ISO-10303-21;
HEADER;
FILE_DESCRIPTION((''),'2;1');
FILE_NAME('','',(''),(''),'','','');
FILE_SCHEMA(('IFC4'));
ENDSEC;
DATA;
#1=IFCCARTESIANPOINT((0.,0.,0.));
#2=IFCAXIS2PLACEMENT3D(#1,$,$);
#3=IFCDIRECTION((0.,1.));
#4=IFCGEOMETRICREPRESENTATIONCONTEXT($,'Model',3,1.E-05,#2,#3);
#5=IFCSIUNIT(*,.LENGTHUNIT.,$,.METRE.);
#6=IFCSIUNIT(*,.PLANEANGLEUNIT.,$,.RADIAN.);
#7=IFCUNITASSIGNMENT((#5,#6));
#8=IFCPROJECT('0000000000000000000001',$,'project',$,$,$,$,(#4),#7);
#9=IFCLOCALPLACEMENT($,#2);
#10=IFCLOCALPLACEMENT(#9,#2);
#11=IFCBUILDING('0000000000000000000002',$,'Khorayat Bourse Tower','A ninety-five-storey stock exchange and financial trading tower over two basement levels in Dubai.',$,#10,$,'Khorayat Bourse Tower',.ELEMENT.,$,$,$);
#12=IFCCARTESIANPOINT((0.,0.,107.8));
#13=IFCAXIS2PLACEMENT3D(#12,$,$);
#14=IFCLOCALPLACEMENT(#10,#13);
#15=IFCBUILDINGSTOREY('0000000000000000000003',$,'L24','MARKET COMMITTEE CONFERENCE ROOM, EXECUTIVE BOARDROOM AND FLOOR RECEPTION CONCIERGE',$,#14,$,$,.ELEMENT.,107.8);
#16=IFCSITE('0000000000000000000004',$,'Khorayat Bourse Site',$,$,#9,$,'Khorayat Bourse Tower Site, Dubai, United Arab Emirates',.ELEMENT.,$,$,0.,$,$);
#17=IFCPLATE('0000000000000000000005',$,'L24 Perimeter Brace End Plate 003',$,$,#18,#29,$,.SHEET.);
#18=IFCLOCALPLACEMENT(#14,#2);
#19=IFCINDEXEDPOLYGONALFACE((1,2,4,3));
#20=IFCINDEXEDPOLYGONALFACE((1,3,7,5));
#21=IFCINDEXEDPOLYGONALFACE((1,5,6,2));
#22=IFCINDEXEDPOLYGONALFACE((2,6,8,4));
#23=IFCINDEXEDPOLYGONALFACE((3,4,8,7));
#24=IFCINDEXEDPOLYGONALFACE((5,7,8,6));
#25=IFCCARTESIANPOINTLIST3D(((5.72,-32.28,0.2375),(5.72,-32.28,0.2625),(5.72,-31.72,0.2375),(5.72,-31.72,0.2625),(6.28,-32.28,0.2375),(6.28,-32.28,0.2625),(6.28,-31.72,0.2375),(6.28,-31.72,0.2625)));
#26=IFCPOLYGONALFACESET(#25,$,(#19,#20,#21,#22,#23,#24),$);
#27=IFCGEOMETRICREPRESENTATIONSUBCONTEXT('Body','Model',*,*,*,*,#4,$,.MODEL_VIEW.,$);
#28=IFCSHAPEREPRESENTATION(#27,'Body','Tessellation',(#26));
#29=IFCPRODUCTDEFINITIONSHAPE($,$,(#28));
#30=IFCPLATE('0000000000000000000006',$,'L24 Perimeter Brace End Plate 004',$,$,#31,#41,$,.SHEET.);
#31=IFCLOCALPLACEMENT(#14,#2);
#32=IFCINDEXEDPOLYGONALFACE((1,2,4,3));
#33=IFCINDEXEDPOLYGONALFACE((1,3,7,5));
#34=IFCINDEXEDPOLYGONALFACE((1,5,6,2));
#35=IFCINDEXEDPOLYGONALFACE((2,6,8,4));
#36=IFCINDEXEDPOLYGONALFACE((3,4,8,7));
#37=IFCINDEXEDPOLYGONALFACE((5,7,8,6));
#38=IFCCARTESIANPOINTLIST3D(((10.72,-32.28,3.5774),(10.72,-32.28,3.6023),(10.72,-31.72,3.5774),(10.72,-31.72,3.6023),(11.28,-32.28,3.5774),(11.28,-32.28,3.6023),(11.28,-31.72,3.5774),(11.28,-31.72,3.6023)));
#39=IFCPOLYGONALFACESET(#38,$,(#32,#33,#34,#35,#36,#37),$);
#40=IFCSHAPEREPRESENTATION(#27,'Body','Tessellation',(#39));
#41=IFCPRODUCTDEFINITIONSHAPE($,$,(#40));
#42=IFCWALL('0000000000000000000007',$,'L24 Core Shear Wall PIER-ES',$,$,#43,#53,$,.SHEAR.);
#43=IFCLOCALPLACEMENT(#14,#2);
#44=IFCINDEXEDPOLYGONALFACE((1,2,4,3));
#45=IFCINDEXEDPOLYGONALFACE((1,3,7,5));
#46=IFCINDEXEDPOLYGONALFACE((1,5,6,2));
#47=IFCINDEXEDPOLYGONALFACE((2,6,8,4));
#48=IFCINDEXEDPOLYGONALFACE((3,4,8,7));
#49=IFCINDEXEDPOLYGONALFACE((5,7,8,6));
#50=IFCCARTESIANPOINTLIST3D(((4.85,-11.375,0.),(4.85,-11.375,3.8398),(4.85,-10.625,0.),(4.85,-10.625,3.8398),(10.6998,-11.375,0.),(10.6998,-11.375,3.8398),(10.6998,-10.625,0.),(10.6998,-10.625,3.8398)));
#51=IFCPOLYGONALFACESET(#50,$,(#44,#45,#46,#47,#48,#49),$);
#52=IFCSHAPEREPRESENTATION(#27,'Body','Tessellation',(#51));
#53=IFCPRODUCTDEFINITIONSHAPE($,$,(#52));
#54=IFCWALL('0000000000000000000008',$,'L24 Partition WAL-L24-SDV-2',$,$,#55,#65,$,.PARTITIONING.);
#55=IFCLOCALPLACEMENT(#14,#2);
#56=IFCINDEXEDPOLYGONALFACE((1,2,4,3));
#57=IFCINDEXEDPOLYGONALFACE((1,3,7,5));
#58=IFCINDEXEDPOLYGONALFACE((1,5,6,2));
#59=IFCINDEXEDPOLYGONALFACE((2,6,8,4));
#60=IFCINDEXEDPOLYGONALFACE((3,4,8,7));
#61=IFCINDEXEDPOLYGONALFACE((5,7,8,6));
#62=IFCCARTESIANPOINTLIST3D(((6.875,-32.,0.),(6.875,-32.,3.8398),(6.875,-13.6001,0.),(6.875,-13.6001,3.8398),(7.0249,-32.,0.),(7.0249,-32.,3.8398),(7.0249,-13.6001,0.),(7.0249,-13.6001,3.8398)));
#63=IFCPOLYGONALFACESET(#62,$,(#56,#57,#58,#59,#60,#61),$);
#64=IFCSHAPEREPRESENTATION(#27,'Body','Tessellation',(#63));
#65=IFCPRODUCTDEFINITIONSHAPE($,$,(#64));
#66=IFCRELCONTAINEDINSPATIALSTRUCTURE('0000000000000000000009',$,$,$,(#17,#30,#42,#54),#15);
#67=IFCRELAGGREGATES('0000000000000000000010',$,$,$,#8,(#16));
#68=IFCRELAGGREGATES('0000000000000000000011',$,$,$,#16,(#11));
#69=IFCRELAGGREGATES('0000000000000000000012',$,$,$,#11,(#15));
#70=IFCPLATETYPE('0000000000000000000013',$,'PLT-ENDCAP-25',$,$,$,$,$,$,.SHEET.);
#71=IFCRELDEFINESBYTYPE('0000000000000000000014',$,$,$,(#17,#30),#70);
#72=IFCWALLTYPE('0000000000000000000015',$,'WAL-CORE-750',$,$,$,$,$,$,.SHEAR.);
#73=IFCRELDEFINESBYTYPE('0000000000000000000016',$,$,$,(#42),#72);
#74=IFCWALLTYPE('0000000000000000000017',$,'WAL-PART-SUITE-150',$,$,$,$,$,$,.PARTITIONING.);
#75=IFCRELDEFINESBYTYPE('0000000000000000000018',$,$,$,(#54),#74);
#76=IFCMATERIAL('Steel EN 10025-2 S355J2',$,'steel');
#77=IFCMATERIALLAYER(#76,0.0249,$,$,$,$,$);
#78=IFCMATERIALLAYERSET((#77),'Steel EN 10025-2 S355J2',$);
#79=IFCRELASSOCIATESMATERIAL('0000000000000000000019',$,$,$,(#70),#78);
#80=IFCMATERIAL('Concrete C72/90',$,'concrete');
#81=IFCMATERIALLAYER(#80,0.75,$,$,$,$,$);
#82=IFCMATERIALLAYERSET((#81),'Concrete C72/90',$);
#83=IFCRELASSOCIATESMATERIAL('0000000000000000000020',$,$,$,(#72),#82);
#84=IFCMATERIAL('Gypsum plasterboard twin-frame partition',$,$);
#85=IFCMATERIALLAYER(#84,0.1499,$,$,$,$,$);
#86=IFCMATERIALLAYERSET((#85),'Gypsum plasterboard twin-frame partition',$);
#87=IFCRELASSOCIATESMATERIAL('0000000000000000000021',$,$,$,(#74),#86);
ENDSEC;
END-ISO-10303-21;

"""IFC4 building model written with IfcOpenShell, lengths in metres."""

from ifc_helpers import new_model, si_unit, direction, frame, frame_2d, origin, origin_2d, place, context, subcontext, project, spatial, rectangle, extrude, source, transform, mapped, material, layer, layer_set, type_object, element, save


model = new_model("IFC4")

# Units and contexts
model_context = context("Model", 3, precision=1e-05, world=origin(), true_north=direction((0.0, 1.0)))
body_context = subcontext(model_context, "Body", "Model", "MODEL_VIEW")
ifc_project = project(units=[si_unit("LENGTHUNIT", "METRE"), si_unit("PLANEANGLEUNIT", "RADIAN")], contexts=[model_context])

# Site, building, storey
site_placement = place(None, origin())
site = spatial("IfcSite", under=ifc_project, at=site_placement, Name="Khorayat Bourse Site", LongName="Khorayat Bourse Tower Site, Dubai, United Arab Emirates", CompositionType="ELEMENT", RefElevation=0.0)
building_placement = place(site_placement, origin())
building = spatial("IfcBuilding", under=site, at=building_placement, Name="Khorayat Bourse Tower", Description="A ninety-five-storey stock exchange and financial trading tower over two basement levels in Dubai.", LongName="Khorayat Bourse Tower", CompositionType="ELEMENT")
storey_placement = place(building_placement, frame((0.0, 0.0, 107.8)))
storey = spatial("IfcBuildingStorey", under=building, at=storey_placement, Name="L24", Description="MARKET COMMITTEE CONFERENCE ROOM, EXECUTIVE BOARDROOM AND FLOOR RECEPTION CONCIERGE", CompositionType="ELEMENT", Elevation=107.8)

# Shared definitions
ifc_material_1 = material(Name="Concrete C72/90", Category="concrete")

# Plates
ifc_material_2 = material(Name="Steel EN 10025-2 S355J2", Category="steel")
ifc_layer_1 = layer(ifc_material_2, 0.0249)
ifc_layer_set_1 = layer_set([ifc_layer_1], Name="Steel EN 10025-2 S355J2")
plate_type = type_object("IfcPlateType", Name="PLT-ENDCAP-25", PredefinedType="SHEET", material=ifc_layer_set_1)
shared_shape_1 = source(origin(), body_context, "Body", "SweptSolid", [
    extrude(rectangle(XDim=0.5601, YDim=0.5601, at=origin_2d()), origin(), (0.0, 0.0, 1.0), 0.0249),
])
for number, where, z_axis, x_axis, name in (
    (1, (6.0, -32.0, 0.2375), (0.0, 0.0, 1.0), (1.0, 0.0, 0.0), "L24 Perimeter Brace End Plate 003"),
    (2, (11.0, -32.0, 3.5774), (0.0, 0.0, 1.0), (1.0, 0.0, 0.0), "L24 Perimeter Brace End Plate 004"),
):
    element("IfcPlate", number, at=place(storey_placement, frame(where, z_axis=z_axis, x_axis=x_axis)), inside=storey, type_object=plate_type, Name=name, PredefinedType="SHEET", context=body_context, shape_type="MappedRepresentation", body=[
        mapped(shared_shape_1, transform((0.0, 0.0, 0.0), scale=1.0)),
    ])

# Walls
ifc_layer_2 = layer(ifc_material_1, 0.75)
ifc_layer_set_2 = layer_set([ifc_layer_2], Name="Concrete C72/90")
wall_type_1 = type_object("IfcWallType", Name="WAL-CORE-750", PredefinedType="SHEAR", material=ifc_layer_set_2)
shared_shape_2 = source(origin(), body_context, "Body", "SweptSolid", [
    extrude(rectangle(XDim=5.8499, YDim=0.75, at=frame_2d((2.9248, 0.0))), origin(), (0.0, 0.0, 1.0), 3.8398),
])
wall_1_placement = place(storey_placement, frame((4.8501, -11.0, 0.0), z_axis=(0.0, 0.0, 1.0), x_axis=(1.0, 0.0, 0.0)))
element("IfcWall", 3, at=wall_1_placement, inside=storey, type_object=wall_type_1, Name="L24 Core Shear Wall PIER-ES", PredefinedType="SHEAR", context=body_context, shape_type="MappedRepresentation", body=[
    mapped(shared_shape_2, transform((0.0, 0.0, 0.0), scale=1.0)),
])
ifc_material_3 = material(Name="Gypsum plasterboard twin-frame partition")
ifc_layer_3 = layer(ifc_material_3, 0.1499)
ifc_layer_set_3 = layer_set([ifc_layer_3], Name="Gypsum plasterboard twin-frame partition")
wall_type_2 = type_object("IfcWallType", Name="WAL-PART-SUITE-150", PredefinedType="PARTITIONING", material=ifc_layer_set_3)
shared_shape_3 = source(origin(), body_context, "Body", "SweptSolid", [
    extrude(rectangle(XDim=18.3999, YDim=0.1499, at=frame_2d((9.2, 0.0))), origin(), (0.0, 0.0, 1.0), 3.8398),
])
wall_2_placement = place(storey_placement, frame((6.95, -32.0, 0.0), z_axis=(0.0, 0.0, 1.0), x_axis=(0.0, 1.0, 0.0)))
element("IfcWall", 4, at=wall_2_placement, inside=storey, type_object=wall_type_2, Name="L24 Partition WAL-L24-SDV-2", PredefinedType="PARTITIONING", context=body_context, shape_type="MappedRepresentation", body=[
    mapped(shared_shape_3, transform((0.0, 0.0, 0.0), scale=1.0)),
])

save(model, "model.ifc")
